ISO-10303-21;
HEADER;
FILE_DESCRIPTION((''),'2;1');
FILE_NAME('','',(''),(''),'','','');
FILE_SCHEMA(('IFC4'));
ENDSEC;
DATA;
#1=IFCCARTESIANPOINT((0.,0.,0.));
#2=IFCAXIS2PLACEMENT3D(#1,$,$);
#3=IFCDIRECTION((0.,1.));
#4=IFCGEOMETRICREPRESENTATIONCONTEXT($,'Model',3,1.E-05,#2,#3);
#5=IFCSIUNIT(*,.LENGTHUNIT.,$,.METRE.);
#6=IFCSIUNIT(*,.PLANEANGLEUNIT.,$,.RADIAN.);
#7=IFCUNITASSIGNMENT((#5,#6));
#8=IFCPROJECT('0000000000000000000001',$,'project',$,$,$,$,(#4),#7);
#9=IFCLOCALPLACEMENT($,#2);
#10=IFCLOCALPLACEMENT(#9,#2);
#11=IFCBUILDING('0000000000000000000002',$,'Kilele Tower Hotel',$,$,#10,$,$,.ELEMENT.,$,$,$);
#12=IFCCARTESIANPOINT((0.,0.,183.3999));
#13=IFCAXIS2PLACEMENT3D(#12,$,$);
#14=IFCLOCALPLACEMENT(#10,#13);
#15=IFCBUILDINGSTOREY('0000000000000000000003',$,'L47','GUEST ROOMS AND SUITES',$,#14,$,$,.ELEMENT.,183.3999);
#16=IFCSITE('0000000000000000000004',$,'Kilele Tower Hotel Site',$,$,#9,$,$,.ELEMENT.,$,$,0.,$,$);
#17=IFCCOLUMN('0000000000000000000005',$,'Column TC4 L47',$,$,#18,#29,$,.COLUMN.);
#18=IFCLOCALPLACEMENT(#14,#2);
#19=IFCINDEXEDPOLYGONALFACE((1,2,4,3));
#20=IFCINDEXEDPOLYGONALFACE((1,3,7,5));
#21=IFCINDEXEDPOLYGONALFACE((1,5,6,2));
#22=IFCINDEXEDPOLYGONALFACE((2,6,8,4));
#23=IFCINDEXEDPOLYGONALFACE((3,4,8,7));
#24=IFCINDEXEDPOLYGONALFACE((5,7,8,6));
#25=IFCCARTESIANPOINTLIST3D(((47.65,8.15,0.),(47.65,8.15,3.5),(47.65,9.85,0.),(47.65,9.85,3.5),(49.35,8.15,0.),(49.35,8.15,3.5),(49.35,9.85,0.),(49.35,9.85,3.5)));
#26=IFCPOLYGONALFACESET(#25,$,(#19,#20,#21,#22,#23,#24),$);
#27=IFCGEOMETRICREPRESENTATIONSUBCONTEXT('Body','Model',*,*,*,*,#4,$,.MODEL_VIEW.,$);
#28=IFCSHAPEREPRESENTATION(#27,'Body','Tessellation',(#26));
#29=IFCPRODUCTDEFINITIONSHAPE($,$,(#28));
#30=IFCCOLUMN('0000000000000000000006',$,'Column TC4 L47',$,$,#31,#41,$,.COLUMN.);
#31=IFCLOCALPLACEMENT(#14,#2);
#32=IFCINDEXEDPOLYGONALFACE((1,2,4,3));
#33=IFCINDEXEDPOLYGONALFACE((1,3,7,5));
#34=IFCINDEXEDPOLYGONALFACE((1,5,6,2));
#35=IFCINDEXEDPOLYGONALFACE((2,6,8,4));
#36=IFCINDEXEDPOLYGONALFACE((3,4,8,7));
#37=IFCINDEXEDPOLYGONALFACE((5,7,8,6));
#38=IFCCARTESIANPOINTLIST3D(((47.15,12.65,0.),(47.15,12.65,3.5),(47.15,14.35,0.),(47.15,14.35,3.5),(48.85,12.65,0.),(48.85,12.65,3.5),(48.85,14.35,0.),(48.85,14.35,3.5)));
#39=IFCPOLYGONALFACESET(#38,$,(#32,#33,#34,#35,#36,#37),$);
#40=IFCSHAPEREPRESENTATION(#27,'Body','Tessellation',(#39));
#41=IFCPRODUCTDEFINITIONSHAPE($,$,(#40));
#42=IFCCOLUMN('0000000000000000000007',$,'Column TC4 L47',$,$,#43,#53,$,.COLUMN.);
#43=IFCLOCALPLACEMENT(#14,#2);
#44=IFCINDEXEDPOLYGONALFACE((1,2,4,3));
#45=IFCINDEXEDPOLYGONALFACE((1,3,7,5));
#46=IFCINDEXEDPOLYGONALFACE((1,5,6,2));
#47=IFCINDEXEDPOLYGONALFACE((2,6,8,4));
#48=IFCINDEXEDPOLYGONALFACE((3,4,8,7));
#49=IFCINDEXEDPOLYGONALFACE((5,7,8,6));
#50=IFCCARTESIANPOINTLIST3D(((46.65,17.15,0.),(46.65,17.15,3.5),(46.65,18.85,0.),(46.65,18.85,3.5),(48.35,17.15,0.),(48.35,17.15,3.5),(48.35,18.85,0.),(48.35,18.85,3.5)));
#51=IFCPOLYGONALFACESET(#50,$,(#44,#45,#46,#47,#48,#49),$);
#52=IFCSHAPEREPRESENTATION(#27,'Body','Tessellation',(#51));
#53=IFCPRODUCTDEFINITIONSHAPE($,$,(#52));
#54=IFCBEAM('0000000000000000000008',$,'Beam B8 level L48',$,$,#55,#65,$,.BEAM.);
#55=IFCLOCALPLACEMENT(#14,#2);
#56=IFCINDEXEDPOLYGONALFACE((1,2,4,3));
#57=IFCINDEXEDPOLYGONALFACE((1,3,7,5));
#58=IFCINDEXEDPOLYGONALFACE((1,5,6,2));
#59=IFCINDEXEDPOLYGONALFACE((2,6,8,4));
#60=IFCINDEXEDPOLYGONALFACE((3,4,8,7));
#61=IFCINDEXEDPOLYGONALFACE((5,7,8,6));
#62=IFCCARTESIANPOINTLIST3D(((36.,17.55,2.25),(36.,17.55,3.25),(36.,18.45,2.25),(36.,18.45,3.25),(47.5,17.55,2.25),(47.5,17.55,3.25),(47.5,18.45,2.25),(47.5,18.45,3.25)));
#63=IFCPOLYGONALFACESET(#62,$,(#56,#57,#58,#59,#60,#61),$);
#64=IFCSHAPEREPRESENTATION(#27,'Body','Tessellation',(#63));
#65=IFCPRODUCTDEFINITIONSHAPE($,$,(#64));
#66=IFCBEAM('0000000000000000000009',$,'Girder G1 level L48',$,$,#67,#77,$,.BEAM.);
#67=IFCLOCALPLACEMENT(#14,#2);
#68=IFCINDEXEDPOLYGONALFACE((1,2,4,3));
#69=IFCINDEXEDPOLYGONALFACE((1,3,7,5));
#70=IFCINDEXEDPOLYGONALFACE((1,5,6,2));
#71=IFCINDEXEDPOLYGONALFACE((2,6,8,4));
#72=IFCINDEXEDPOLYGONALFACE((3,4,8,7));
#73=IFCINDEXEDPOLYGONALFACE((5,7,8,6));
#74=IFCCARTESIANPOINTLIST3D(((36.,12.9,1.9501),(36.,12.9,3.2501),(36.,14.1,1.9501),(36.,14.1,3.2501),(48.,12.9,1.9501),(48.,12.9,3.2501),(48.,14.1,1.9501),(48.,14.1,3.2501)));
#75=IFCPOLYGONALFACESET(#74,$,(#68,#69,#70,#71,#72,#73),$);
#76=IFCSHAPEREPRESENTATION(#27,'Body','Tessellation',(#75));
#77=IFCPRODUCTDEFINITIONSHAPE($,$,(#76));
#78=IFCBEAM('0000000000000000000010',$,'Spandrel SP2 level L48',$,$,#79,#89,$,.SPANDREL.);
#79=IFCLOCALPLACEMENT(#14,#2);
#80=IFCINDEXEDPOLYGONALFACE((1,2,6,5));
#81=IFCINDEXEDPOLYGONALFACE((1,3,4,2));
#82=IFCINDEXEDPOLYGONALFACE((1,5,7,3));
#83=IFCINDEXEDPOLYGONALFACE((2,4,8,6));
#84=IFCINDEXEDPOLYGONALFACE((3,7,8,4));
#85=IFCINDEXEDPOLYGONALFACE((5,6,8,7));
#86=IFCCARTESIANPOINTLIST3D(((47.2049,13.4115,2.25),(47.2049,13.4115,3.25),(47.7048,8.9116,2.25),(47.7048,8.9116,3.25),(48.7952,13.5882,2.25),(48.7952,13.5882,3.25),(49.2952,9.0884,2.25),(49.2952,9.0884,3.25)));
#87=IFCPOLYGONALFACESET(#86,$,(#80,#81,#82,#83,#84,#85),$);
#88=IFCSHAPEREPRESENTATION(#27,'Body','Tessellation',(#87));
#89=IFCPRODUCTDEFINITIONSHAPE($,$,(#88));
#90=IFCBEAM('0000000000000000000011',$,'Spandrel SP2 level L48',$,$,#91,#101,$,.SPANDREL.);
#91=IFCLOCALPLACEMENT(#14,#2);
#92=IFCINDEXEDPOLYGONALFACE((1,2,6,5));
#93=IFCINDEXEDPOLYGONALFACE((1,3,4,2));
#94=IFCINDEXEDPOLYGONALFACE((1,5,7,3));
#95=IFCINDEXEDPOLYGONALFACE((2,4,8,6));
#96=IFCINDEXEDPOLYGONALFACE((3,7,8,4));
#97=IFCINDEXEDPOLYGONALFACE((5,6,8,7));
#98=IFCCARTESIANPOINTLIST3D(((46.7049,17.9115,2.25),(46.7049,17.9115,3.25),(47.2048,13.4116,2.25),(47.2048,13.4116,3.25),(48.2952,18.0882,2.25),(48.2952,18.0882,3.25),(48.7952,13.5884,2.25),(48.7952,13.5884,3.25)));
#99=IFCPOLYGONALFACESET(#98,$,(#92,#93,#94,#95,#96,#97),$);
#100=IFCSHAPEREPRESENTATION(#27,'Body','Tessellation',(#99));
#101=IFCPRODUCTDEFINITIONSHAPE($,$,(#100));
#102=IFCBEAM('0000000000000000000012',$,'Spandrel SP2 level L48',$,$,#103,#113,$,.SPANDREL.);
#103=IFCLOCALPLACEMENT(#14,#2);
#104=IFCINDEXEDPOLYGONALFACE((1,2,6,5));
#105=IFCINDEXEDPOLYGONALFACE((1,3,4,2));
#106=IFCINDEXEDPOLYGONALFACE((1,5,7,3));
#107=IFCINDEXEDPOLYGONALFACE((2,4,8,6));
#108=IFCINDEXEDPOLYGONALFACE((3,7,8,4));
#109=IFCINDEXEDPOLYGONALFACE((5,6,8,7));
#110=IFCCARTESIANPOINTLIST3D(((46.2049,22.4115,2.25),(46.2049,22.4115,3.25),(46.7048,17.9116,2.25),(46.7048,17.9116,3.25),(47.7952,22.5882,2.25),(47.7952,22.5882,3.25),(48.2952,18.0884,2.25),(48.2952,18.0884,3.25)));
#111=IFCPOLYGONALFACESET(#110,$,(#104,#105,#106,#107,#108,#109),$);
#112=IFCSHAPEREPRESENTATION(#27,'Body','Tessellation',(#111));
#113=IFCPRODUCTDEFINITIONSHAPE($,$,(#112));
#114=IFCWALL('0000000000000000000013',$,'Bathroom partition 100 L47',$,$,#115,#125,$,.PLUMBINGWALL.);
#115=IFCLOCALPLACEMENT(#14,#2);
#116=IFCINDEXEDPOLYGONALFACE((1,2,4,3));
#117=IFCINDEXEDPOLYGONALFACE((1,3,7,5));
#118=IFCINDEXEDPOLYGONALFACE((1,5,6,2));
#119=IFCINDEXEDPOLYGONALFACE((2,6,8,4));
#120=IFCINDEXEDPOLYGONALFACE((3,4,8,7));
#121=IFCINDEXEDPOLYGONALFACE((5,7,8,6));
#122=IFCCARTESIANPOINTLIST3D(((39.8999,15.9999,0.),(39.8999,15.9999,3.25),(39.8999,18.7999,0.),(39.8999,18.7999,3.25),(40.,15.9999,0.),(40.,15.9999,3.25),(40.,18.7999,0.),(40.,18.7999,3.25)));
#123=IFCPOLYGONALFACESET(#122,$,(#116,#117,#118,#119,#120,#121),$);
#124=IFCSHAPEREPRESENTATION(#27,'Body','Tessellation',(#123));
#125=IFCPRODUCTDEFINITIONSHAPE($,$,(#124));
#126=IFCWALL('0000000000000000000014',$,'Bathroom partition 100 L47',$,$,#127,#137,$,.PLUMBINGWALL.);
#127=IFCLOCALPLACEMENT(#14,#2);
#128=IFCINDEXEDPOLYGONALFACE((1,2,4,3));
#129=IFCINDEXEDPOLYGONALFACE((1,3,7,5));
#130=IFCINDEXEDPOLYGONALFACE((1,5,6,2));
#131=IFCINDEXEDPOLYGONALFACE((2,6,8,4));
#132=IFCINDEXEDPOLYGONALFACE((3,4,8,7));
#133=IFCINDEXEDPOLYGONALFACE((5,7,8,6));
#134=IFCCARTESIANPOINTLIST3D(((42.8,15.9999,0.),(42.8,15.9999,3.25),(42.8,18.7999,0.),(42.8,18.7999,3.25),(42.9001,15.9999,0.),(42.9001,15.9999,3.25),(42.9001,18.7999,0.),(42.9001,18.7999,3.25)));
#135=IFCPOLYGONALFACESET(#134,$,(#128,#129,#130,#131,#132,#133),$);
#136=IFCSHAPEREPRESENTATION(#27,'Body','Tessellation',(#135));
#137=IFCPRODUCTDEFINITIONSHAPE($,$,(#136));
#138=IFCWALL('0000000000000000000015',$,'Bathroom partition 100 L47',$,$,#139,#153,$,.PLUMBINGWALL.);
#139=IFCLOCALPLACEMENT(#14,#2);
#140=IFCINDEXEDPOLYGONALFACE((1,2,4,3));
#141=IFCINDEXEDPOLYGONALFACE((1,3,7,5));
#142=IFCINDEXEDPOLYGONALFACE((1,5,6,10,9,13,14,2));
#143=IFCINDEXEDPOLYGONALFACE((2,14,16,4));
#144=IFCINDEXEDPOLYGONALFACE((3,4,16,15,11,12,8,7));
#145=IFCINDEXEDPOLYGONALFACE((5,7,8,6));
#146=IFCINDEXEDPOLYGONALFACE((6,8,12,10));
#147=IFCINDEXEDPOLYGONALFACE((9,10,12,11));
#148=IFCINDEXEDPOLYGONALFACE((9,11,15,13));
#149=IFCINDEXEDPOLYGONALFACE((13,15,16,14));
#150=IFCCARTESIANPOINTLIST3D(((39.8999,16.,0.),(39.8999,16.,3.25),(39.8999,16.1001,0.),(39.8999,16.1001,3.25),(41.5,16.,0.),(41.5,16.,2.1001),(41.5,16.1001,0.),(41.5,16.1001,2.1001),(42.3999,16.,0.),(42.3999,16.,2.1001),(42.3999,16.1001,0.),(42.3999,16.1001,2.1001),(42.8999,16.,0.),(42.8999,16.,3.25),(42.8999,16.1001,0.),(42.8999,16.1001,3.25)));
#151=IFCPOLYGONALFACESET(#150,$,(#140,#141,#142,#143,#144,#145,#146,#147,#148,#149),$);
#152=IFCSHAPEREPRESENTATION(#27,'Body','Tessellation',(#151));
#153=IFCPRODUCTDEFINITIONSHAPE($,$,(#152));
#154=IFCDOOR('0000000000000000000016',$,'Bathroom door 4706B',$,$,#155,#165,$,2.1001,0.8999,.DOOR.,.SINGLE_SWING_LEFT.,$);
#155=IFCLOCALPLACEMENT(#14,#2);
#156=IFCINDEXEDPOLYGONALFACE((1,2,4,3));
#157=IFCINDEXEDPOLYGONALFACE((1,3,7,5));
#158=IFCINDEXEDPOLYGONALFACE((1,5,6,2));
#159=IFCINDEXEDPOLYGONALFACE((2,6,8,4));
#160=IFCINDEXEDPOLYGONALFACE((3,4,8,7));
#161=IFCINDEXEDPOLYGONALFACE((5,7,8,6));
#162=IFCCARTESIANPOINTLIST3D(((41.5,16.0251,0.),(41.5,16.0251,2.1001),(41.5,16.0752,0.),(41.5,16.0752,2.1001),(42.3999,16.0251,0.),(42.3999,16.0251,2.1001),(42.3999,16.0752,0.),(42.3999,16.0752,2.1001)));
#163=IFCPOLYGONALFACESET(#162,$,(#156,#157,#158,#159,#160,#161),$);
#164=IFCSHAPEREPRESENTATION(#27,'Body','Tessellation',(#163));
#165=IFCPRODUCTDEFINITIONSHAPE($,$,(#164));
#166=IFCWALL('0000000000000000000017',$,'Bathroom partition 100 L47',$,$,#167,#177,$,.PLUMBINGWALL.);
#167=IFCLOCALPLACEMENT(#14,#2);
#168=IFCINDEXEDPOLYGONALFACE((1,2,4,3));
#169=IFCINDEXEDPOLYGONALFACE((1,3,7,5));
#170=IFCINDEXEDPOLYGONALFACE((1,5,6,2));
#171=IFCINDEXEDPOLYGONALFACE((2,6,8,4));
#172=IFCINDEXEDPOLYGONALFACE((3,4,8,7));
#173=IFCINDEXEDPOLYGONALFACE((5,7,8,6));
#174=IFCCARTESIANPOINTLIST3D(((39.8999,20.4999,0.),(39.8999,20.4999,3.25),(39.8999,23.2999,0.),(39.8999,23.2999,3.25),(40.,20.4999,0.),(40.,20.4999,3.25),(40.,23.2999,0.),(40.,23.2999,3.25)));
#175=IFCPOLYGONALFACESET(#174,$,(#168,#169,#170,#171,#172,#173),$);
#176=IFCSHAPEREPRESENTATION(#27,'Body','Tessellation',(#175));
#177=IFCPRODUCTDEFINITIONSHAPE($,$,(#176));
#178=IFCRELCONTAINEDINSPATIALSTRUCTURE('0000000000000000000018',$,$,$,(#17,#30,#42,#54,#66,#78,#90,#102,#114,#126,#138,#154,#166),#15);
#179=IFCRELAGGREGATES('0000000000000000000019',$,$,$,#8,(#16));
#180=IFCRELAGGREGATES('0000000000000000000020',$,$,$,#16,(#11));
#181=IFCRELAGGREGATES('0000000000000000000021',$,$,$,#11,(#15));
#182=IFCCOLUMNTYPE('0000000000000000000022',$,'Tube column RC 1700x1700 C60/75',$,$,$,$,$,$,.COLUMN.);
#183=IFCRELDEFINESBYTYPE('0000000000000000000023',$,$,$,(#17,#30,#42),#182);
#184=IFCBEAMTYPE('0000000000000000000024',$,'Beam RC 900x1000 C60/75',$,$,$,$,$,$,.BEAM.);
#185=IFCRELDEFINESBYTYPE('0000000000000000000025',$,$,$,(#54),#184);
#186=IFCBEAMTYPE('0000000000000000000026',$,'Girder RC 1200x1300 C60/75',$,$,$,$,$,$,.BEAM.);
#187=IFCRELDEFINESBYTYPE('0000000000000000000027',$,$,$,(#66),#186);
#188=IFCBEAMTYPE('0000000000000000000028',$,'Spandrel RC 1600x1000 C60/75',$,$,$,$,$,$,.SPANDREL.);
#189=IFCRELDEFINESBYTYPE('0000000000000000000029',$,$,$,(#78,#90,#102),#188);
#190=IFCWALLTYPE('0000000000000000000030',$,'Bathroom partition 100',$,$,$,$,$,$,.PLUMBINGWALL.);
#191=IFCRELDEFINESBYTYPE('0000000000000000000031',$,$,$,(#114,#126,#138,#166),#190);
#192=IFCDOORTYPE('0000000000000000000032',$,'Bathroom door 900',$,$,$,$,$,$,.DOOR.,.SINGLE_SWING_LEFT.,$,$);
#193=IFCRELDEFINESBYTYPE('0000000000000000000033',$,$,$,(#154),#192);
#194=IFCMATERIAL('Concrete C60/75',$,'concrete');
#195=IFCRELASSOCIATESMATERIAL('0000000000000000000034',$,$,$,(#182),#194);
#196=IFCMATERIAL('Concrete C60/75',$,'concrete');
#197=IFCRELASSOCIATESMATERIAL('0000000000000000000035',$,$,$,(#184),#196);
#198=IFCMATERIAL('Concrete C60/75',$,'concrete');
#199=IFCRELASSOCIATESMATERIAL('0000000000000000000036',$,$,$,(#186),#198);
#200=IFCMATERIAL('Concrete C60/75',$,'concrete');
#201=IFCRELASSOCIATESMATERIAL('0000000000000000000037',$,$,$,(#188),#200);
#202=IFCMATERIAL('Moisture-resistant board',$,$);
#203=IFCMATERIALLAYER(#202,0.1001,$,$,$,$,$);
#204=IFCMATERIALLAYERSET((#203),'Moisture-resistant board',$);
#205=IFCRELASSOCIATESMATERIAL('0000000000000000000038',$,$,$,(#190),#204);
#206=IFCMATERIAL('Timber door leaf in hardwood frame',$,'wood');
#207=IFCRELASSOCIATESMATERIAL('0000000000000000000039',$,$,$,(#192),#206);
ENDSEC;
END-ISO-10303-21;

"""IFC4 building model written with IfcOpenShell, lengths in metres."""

from ifc_helpers import new_model, si_unit, direction, frame, frame_2d, origin, origin_2d, place, context, subcontext, project, spatial, rectangle, extrude, material, layer, layer_set, material_profile, profile_set, type_object, element, fill, save


model = new_model("IFC4")

# Units and contexts
model_context = context("Model", 3, precision=1e-05, world=origin(), true_north=direction((0.0, 1.0)))
body_context = subcontext(model_context, "Body", "Model", "MODEL_VIEW")
ifc_project = project(units=[si_unit("LENGTHUNIT", "METRE"), si_unit("PLANEANGLEUNIT", "RADIAN")], contexts=[model_context])

# Site, building, storey
site_placement = place(None, origin())
site = spatial("IfcSite", under=ifc_project, at=site_placement, Name="Kilele Tower Hotel Site", CompositionType="ELEMENT", RefElevation=0.0)
building_placement = place(site_placement, origin())
building = spatial("IfcBuilding", under=site, at=building_placement, Name="Kilele Tower Hotel", CompositionType="ELEMENT")
storey_placement = place(building_placement, frame((0.0, 0.0, 183.3999)))
storey = spatial("IfcBuildingStorey", under=building, at=storey_placement, Name="L47", Description="GUEST ROOMS AND SUITES", CompositionType="ELEMENT", Elevation=183.3999)

# Columns
ifc_material_1 = material(Name="Concrete C60/75", Category="concrete")
ifc_material_profile_1 = material_profile(ifc_material_1, rectangle(XDim=1.7, YDim=1.7, at=origin_2d()))
ifc_profile_set_1 = profile_set([ifc_material_profile_1], Name="Concrete C60/75")
column_type = type_object("IfcColumnType", Name="Tube column RC 1700x1700 C60/75", PredefinedType="COLUMN", material=ifc_profile_set_1)
for number, where, z_axis, x_axis, name in (
    (1, (48.5, 9.0, 0.0), (0.0, 0.0, 1.0), (1.0, 0.0, 0.0), "Column TC4 L47"),
    (2, (48.0, 13.5, 0.0), (0.0, 0.0, 1.0), (1.0, 0.0, 0.0), "Column TC4 L47"),
    (3, (47.5, 18.0, 0.0), (0.0, 0.0, 1.0), (1.0, 0.0, 0.0), "Column TC4 L47"),
):
    element("IfcColumn", number, at=place(storey_placement, frame(where, z_axis=z_axis, x_axis=x_axis)), inside=storey, type_object=column_type, Name=name, PredefinedType="COLUMN", context=body_context, shape_type="SweptSolid", body=[
        extrude(rectangle(XDim=1.7, YDim=1.7, at=origin_2d()), origin(), (0.0, 0.0, 1.0), 3.5),
    ])

# Beams
ifc_material_2 = material(Name="Concrete C60/75", Category="concrete")
ifc_material_profile_2 = material_profile(ifc_material_2, rectangle(XDim=0.8999, YDim=1.0, at=origin_2d()))
ifc_profile_set_2 = profile_set([ifc_material_profile_2], Name="Concrete C60/75")
beam_type_1 = type_object("IfcBeamType", Name="Beam RC 900x1000 C60/75", PredefinedType="BEAM", material=ifc_profile_set_2)
beam_1_placement = place(storey_placement, frame((47.5, 18.0, 2.75), z_axis=(-1.0, 0.0, 0.0), x_axis=(0.0, -1.0, 0.0)))
element("IfcBeam", 4, at=beam_1_placement, inside=storey, type_object=beam_type_1, Name="Beam B8 level L48", PredefinedType="BEAM", context=body_context, shape_type="SweptSolid", body=[
    extrude(rectangle(XDim=0.8999, YDim=1.0, at=origin_2d()), origin(), (0.0, 0.0, 1.0), 11.5),
])
ifc_material_3 = material(Name="Concrete C60/75", Category="concrete")
ifc_material_profile_3 = material_profile(ifc_material_3, rectangle(XDim=1.2, YDim=1.3, at=origin_2d()))
ifc_profile_set_3 = profile_set([ifc_material_profile_3], Name="Concrete C60/75")
beam_type_2 = type_object("IfcBeamType", Name="Girder RC 1200x1300 C60/75", PredefinedType="BEAM", material=ifc_profile_set_3)
beam_2_placement = place(storey_placement, frame((48.0, 13.5, 2.6001), z_axis=(-1.0, 0.0, 0.0), x_axis=(0.0, -1.0, 0.0)))
element("IfcBeam", 5, at=beam_2_placement, inside=storey, type_object=beam_type_2, Name="Girder G1 level L48", PredefinedType="BEAM", context=body_context, shape_type="SweptSolid", body=[
    extrude(rectangle(XDim=1.2, YDim=1.3, at=origin_2d()), origin(), (0.0, 0.0, 1.0), 12.0),
])
ifc_material_4 = material(Name="Concrete C60/75", Category="concrete")
ifc_material_profile_4 = material_profile(ifc_material_4, rectangle(XDim=1.6001, YDim=1.0, at=origin_2d()))
ifc_profile_set_4 = profile_set([ifc_material_profile_4], Name="Concrete C60/75")
beam_type_3 = type_object("IfcBeamType", Name="Spandrel RC 1600x1000 C60/75", PredefinedType="SPANDREL", material=ifc_profile_set_4)
for number, where, z_axis, x_axis, name in (
    (6, (48.5, 9.0, 2.75), (-0.110432, 0.993884, 0.0), (-0.993884, -0.110432, 0.0), "Spandrel SP2 level L48"),
    (7, (48.0, 13.5, 2.75), (-0.110432, 0.993884, 0.0), (-0.993884, -0.110432, 0.0), "Spandrel SP2 level L48"),
    (8, (47.5, 18.0, 2.75), (-0.110432, 0.993884, 0.0), (-0.993884, -0.110432, 0.0), "Spandrel SP2 level L48"),
):
    element("IfcBeam", number, at=place(storey_placement, frame(where, z_axis=z_axis, x_axis=x_axis)), inside=storey, type_object=beam_type_3, Name=name, PredefinedType="SPANDREL", context=body_context, shape_type="SweptSolid", body=[
        extrude(rectangle(XDim=1.6001, YDim=1.0, at=origin_2d()), origin(), (0.0, 0.0, 1.0), 4.5276),
    ])

# Walls
ifc_material_5 = material(Name="Moisture-resistant board")
ifc_layer_1 = layer(ifc_material_5, 0.1001)
ifc_layer_set_1 = layer_set([ifc_layer_1], Name="Moisture-resistant board")
wall_type_1 = type_object("IfcWallType", Name="Bathroom partition 100", PredefinedType="PLUMBINGWALL", material=ifc_layer_set_1)
for number, where, z_axis, x_axis, name in (
    (9, (39.95, 16.0, 0.0), (0.0, 0.0, 1.0), (0.0, 1.0, 0.0), "Bathroom partition 100 L47"),
    (10, (42.8501, 16.0, 0.0), (0.0, 0.0, 1.0), (0.0, 1.0, 0.0), "Bathroom partition 100 L47"),
):
    element("IfcWall", number, at=place(storey_placement, frame(where, z_axis=z_axis, x_axis=x_axis)), inside=storey, type_object=wall_type_1, Name=name, PredefinedType="PLUMBINGWALL", context=body_context, shape_type="SweptSolid", body=[
        extrude(rectangle(XDim=2.8, YDim=0.1001, at=frame_2d((1.3999, 0.0))), origin(), (0.0, 0.0, 1.0), 3.25),
    ])

# Wall, opening, door
wall_1_placement = place(storey_placement, frame((39.8999, 16.05, 0.0), z_axis=(0.0, 0.0, 1.0), x_axis=(1.0, 0.0, 0.0)))
wall_1 = element("IfcWall", 11, at=wall_1_placement, inside=storey, type_object=wall_type_1, Name="Bathroom partition 100 L47", PredefinedType="PLUMBINGWALL", context=body_context, shape_type="SweptSolid", body=[
    extrude(rectangle(XDim=3.0, YDim=0.1001, at=frame_2d((1.5, 0.0))), origin(), (0.0, 0.0, 1.0), 3.25),
])
opening_1_placement = place(wall_1_placement, frame((2.5, 0.0, 0.0), z_axis=(0.0, 0.0, 1.0), x_axis=(-1.0, 0.0, 0.0)))
opening_1 = element("IfcOpeningElement", 12, at=opening_1_placement, cuts=wall_1, PredefinedType="OPENING", context=body_context, shape_type="SweptSolid", body=[
    extrude(rectangle(XDim=0.8999, YDim=2.1001, at=frame_2d((0.45, 1.05))), frame((0.0, 0.0601, 0.0), z_axis=(0.0, -1.0, 0.0), x_axis=(1.0, 0.0, 0.0)), (0.0, 0.0, 1.0), 0.1201),
])
ifc_material_6 = material(Name="Timber door leaf in hardwood frame", Category="wood")
door_type_1 = type_object("IfcDoorType", Name="Bathroom door 900", OperationType="SINGLE_SWING_LEFT", PredefinedType="DOOR", material=ifc_material_6)
door_1_placement = place(opening_1_placement, origin())
door_1 = element("IfcDoor", 13, at=door_1_placement, inside=storey, type_object=door_type_1, Name="Bathroom door 4706B", OperationType="SINGLE_SWING_LEFT", OverallHeight=2.1001, OverallWidth=0.8999, PredefinedType="DOOR", context=body_context, shape_type="SweptSolid", body=[
    extrude(rectangle(XDim=0.8999, YDim=2.1001, at=frame_2d((0.45, 1.05))), frame((0.0, 0.0249, 0.0), z_axis=(0.0, -1.0, 0.0), x_axis=(1.0, 0.0, 0.0)), (0.0, 0.0, 1.0), 0.05),
])
fill(opening_1, door_1)

# Wall
wall_2_placement = place(storey_placement, frame((39.95, 20.5, 0.0), z_axis=(0.0, 0.0, 1.0), x_axis=(0.0, 1.0, 0.0)))
element("IfcWall", 14, at=wall_2_placement, inside=storey, type_object=wall_type_1, Name="Bathroom partition 100 L47", PredefinedType="PLUMBINGWALL", context=body_context, shape_type="SweptSolid", body=[
    extrude(rectangle(XDim=2.8, YDim=0.1001, at=frame_2d((1.3999, 0.0))), origin(), (0.0, 0.0, 1.0), 3.25),
])

save(model, "model.ifc")
